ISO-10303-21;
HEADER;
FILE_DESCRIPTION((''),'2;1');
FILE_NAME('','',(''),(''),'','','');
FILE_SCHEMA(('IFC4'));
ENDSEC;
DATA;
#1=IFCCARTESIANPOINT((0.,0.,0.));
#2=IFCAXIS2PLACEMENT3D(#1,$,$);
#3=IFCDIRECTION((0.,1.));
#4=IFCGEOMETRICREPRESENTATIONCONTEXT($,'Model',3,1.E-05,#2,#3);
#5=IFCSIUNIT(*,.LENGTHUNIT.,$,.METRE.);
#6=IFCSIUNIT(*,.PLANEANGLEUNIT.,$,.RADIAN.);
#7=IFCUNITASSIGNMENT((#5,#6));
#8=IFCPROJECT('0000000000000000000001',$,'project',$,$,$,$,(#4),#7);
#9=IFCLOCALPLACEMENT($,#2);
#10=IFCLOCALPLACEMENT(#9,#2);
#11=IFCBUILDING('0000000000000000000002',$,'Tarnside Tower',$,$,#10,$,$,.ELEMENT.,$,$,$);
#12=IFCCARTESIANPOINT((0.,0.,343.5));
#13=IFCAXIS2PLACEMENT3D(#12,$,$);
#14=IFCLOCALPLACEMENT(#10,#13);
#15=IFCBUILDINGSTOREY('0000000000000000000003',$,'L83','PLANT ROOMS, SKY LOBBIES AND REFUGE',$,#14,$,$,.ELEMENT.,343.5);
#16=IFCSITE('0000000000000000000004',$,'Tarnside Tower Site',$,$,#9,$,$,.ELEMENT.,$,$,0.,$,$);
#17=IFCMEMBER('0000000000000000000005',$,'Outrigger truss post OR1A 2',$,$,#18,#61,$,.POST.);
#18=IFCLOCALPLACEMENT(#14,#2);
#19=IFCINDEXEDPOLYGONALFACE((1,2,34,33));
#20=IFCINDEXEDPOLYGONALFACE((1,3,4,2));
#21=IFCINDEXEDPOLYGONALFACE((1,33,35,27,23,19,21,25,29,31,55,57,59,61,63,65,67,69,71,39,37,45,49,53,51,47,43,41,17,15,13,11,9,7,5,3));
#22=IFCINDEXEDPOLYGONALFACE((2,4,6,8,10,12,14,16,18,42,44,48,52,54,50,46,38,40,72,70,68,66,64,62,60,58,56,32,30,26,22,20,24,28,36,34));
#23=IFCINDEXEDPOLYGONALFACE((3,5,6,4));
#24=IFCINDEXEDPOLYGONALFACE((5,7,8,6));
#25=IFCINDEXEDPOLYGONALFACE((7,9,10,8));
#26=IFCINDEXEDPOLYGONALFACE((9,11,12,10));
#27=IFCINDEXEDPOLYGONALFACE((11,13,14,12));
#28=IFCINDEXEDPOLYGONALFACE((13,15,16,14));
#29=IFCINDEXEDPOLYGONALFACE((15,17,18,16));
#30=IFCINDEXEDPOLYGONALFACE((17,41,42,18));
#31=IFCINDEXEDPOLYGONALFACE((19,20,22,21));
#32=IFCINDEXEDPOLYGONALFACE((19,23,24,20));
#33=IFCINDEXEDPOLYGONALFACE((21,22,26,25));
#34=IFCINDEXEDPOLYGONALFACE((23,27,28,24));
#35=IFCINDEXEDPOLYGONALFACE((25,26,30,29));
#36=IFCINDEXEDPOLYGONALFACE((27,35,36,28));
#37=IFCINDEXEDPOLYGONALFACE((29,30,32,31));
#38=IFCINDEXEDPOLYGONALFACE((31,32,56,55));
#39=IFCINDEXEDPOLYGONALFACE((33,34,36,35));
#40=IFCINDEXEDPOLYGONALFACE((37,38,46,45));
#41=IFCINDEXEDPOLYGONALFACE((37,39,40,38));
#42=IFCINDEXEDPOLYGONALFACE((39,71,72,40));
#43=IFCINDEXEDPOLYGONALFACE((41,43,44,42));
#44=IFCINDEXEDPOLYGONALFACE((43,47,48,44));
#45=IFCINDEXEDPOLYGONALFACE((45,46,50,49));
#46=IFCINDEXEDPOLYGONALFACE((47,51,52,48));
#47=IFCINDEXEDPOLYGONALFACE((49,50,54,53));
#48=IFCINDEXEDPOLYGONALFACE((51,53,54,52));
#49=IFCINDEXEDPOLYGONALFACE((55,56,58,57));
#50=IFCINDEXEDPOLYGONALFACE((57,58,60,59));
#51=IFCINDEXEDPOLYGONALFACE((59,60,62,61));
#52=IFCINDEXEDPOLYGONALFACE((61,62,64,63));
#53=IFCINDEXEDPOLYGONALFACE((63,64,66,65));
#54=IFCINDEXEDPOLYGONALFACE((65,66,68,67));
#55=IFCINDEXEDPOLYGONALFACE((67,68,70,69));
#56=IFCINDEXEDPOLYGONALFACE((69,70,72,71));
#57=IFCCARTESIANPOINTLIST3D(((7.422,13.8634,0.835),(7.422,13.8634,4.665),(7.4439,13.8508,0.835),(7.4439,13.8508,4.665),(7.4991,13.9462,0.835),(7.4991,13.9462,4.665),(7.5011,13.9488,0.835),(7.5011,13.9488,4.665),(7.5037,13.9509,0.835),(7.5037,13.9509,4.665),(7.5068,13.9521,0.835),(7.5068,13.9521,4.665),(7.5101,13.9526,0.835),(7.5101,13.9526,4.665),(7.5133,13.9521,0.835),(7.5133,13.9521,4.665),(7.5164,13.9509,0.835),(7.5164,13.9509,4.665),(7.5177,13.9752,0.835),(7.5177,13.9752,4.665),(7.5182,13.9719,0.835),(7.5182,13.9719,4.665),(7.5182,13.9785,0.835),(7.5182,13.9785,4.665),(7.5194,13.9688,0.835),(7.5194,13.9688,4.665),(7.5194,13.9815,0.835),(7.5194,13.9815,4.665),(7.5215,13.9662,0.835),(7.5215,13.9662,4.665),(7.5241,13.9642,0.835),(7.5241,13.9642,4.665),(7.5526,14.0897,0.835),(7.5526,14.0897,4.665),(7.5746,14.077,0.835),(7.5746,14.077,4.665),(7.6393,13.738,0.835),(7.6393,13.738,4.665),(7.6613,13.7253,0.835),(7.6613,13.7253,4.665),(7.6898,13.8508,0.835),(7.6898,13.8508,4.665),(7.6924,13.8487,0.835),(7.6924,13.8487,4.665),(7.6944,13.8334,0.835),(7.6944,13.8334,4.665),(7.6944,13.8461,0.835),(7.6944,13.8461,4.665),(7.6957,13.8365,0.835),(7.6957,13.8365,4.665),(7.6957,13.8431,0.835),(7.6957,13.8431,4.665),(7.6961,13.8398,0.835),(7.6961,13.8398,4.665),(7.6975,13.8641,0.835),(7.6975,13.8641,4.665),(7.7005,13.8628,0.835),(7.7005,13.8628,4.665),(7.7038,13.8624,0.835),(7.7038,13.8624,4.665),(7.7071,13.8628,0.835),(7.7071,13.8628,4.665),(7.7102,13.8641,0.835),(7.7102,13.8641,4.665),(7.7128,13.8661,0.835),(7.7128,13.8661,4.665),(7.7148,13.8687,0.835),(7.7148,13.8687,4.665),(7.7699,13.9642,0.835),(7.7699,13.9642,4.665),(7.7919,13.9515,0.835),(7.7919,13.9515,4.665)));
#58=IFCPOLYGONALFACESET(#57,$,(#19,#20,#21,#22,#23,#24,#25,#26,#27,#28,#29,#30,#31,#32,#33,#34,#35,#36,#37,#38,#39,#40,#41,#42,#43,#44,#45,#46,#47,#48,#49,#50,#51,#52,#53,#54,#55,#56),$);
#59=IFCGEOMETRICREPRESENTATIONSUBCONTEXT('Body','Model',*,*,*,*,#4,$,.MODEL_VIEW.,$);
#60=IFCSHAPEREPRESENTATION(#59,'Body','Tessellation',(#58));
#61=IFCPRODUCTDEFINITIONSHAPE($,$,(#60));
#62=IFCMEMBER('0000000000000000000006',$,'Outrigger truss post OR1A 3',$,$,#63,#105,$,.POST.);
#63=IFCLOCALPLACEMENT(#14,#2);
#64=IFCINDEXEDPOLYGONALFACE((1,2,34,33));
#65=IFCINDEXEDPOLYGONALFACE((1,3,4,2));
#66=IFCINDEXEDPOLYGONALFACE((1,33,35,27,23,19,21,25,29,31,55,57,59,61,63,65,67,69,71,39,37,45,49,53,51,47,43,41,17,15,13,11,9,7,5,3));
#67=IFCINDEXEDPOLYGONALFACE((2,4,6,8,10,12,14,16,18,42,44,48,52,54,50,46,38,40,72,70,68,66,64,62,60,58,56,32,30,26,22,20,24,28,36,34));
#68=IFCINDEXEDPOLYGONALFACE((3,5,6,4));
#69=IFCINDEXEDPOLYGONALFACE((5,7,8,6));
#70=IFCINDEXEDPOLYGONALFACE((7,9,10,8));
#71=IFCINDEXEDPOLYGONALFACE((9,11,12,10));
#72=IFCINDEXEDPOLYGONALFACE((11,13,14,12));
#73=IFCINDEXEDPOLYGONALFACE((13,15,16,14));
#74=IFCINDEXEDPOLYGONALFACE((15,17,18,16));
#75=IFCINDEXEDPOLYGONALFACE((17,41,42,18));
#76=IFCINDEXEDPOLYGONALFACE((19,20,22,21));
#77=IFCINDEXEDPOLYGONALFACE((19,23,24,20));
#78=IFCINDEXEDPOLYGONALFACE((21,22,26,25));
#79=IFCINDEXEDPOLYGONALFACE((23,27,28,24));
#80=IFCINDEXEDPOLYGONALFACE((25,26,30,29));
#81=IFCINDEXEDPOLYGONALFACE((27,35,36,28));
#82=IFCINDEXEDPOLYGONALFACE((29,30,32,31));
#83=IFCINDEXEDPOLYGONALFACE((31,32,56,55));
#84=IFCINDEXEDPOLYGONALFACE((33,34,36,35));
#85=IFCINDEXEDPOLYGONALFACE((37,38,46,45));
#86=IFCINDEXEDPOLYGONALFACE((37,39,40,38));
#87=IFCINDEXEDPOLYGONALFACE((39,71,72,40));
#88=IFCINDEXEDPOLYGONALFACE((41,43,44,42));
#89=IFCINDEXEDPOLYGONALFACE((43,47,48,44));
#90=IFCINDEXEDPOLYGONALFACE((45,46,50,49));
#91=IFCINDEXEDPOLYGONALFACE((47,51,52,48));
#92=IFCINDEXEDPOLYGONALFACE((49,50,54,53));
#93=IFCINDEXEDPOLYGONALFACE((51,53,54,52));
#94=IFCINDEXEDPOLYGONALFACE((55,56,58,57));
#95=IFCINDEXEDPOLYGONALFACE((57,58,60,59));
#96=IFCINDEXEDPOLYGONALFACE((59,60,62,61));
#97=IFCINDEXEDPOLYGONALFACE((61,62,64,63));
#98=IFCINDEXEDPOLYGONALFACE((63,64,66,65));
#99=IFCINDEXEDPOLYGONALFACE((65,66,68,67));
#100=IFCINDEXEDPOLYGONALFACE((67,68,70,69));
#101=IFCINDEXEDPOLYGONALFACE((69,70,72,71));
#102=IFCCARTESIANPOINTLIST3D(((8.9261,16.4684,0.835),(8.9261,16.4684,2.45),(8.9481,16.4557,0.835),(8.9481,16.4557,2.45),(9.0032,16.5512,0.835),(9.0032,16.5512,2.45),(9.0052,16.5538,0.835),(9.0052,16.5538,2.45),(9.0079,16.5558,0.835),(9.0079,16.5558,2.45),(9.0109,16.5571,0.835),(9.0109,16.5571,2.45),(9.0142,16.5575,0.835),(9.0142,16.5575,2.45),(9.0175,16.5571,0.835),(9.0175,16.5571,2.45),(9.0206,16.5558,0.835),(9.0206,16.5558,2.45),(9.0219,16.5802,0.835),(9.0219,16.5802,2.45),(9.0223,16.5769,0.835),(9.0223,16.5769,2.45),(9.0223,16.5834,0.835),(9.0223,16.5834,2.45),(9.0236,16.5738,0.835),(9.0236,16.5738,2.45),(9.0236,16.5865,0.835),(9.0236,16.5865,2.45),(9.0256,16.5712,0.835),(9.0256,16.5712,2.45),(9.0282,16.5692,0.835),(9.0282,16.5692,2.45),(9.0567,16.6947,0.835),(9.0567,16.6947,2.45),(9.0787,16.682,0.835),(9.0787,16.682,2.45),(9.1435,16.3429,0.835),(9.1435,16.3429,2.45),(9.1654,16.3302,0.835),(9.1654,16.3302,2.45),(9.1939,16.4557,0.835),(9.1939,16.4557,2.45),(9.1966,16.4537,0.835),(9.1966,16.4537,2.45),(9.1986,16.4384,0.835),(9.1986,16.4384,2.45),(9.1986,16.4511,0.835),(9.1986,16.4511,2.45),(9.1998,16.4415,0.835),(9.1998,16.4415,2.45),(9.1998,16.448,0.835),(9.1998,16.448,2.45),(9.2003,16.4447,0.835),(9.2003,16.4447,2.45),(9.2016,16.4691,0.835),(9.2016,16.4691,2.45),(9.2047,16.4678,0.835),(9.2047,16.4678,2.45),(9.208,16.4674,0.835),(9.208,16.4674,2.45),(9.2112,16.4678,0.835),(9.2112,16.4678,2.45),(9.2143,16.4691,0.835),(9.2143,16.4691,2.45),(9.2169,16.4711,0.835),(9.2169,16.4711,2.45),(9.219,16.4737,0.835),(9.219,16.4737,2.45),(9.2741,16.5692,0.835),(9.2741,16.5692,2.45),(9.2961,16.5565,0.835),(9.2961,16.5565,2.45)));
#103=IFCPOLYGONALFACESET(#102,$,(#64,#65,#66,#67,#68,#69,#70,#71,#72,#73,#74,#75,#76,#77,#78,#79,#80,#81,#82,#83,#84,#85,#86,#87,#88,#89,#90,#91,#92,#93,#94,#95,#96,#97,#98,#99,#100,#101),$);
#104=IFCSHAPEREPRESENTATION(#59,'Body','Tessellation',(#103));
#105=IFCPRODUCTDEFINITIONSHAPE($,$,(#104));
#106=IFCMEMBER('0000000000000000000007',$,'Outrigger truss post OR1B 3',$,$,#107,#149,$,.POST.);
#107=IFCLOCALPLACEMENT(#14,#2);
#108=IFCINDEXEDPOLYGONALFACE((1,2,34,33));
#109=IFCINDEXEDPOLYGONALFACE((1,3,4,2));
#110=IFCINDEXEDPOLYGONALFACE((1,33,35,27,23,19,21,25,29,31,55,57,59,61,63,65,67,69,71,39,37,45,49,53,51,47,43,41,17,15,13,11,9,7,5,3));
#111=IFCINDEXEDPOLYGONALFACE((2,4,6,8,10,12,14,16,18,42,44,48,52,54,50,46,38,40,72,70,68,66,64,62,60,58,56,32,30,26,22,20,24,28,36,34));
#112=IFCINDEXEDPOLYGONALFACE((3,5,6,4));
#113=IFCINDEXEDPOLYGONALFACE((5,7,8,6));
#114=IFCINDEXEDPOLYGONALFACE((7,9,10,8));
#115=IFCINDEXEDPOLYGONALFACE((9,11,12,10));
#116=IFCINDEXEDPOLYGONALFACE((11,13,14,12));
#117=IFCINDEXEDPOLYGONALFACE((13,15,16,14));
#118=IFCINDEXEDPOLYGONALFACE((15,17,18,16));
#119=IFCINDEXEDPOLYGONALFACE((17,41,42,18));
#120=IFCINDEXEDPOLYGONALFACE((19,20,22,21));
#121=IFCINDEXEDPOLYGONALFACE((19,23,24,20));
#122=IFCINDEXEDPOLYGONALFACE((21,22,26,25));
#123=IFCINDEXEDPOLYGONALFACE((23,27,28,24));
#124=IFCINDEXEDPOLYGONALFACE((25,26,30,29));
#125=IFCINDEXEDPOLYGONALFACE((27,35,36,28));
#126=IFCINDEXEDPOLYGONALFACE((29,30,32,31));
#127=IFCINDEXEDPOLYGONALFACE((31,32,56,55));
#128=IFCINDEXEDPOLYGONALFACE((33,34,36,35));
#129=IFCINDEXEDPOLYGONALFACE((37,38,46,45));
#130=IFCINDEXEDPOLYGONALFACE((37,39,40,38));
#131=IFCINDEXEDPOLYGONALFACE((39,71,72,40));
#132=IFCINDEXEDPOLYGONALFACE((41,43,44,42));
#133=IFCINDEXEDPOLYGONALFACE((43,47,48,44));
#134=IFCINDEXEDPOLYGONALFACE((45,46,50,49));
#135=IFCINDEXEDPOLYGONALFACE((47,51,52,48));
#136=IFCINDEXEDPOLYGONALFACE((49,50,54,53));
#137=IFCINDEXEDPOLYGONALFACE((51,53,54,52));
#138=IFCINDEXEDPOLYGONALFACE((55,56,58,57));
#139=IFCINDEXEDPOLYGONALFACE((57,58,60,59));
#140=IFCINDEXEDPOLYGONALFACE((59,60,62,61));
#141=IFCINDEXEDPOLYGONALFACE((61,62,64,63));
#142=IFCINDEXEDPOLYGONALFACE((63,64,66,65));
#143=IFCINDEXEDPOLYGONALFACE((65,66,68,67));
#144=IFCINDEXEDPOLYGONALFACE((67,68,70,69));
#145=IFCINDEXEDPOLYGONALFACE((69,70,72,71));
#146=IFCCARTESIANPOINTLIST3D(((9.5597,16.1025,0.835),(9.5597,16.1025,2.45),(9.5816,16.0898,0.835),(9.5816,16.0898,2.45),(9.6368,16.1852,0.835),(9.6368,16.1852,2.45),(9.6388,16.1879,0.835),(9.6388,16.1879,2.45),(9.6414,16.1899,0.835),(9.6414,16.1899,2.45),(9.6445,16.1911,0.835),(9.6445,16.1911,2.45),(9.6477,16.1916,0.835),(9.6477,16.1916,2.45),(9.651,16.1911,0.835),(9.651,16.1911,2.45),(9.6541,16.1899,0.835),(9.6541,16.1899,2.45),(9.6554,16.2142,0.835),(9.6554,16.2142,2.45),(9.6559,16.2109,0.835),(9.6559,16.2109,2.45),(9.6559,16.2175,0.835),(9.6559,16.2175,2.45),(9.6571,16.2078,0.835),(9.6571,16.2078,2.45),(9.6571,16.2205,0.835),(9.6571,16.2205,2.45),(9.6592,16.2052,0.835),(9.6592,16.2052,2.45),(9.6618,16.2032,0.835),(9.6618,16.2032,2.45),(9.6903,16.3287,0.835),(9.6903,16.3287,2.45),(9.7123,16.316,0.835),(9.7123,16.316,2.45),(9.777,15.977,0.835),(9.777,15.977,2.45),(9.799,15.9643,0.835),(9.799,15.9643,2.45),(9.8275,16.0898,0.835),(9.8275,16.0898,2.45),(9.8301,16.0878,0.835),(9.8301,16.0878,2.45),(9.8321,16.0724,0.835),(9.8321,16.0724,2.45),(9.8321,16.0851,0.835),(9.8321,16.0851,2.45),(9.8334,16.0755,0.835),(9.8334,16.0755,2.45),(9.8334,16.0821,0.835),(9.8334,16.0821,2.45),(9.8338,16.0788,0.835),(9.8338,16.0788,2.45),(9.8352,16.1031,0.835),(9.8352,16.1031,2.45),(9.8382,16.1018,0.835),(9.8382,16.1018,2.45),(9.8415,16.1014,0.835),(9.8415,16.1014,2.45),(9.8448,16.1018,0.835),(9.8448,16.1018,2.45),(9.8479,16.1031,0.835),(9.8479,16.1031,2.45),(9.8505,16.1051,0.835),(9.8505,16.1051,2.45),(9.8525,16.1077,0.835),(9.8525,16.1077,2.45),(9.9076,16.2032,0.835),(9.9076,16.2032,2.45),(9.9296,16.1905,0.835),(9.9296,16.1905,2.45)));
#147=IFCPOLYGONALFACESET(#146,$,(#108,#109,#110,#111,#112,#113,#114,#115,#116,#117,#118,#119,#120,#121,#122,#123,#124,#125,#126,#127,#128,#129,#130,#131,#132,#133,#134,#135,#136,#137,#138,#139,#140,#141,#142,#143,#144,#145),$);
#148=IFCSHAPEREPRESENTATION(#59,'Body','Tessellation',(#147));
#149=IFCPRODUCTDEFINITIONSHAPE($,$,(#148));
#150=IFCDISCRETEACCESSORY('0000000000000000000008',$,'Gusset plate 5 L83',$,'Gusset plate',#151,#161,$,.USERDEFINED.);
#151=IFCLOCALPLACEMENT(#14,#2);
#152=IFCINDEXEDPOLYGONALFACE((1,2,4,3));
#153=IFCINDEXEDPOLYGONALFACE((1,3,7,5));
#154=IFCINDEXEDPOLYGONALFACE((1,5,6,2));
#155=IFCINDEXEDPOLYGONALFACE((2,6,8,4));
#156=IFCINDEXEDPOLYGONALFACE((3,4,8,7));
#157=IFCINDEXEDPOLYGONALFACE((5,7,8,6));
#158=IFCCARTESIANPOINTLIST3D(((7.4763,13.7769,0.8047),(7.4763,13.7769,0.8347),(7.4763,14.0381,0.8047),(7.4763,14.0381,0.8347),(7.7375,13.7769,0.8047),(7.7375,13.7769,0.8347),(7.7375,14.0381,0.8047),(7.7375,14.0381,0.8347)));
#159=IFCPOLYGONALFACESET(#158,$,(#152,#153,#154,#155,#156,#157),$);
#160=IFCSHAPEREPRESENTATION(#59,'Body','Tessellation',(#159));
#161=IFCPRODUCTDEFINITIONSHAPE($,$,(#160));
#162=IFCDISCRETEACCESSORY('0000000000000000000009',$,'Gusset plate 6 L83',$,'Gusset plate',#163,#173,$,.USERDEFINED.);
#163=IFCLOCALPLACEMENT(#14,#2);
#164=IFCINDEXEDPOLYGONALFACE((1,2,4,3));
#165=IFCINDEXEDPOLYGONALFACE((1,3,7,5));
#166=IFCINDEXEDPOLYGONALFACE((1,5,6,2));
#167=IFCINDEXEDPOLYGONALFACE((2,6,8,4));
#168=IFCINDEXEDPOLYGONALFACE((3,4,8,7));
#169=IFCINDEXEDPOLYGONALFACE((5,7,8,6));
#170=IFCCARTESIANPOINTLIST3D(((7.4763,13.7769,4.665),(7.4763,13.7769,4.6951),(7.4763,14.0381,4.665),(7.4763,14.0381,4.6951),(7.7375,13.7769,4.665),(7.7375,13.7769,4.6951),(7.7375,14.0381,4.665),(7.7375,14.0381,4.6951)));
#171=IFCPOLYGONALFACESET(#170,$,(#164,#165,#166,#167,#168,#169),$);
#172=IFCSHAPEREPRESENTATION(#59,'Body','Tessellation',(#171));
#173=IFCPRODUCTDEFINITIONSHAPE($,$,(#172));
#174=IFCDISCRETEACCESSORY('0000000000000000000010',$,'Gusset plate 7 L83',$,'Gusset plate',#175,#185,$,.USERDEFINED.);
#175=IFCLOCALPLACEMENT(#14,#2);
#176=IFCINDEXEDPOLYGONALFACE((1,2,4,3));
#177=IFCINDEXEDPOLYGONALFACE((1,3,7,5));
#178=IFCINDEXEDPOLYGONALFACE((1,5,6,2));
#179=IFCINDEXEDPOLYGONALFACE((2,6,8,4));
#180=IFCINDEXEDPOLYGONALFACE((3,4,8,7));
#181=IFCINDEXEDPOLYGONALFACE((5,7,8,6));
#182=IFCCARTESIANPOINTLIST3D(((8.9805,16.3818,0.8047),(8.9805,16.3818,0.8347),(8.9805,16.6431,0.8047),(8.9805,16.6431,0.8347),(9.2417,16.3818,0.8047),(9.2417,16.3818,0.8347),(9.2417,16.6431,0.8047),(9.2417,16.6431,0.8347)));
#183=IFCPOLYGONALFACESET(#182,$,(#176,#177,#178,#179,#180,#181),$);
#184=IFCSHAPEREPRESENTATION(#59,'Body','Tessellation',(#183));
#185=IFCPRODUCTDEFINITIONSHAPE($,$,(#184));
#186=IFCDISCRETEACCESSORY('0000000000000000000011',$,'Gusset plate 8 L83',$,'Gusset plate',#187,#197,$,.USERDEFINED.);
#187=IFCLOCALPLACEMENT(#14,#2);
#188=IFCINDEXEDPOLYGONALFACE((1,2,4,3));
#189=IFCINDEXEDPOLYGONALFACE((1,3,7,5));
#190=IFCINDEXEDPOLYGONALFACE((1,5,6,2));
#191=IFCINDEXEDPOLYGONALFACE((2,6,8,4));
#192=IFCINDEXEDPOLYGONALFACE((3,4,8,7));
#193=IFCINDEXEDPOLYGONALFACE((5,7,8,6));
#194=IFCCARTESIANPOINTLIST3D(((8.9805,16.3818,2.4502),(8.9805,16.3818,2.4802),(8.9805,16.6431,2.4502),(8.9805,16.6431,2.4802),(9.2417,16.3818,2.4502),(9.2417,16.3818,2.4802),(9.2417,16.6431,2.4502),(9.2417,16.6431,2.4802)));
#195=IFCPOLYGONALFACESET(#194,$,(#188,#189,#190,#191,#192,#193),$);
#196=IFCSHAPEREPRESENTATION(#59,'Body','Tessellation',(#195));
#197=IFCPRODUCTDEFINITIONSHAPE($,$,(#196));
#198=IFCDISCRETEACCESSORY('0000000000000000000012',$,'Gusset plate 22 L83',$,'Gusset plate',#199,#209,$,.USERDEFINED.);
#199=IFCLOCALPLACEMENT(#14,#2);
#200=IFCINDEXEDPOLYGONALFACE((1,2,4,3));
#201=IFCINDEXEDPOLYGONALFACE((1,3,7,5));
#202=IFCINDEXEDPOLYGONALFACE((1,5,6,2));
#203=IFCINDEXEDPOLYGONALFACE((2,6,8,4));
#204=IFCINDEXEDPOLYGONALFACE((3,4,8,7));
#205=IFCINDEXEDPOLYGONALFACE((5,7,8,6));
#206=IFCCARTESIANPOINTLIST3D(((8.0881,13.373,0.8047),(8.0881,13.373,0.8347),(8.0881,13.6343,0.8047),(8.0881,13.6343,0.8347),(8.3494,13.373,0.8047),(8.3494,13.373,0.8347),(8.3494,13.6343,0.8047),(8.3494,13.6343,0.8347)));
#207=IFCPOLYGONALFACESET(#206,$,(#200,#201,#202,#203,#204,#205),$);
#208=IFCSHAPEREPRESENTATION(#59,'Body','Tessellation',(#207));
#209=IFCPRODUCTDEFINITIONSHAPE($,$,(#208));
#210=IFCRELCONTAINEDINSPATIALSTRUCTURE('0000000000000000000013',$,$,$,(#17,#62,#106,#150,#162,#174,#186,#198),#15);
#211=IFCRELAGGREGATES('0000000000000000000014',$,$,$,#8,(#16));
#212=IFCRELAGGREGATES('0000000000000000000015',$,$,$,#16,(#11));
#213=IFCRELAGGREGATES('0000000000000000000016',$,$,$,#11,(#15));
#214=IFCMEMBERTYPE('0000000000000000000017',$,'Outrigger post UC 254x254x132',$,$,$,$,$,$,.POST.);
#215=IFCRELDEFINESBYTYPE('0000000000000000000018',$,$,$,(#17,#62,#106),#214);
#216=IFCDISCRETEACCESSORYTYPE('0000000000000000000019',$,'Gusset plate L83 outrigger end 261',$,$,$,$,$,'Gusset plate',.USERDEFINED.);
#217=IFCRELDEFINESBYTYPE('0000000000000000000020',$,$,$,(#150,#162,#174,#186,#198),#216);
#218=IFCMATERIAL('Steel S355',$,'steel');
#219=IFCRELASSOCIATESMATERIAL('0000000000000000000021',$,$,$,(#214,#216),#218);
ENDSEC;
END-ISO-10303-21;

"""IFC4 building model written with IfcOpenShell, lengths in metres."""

from ifc_helpers import new_model, si_unit, direction, frame, origin, origin_2d, place, context, subcontext, project, spatial, rectangle, i_section, extrude, material, material_profile, profile_set, type_object, element, save


model = new_model("IFC4")

# Units and contexts
model_context = context("Model", 3, precision=1e-05, world=origin(), true_north=direction((0.0, 1.0)))
body_context = subcontext(model_context, "Body", "Model", "MODEL_VIEW")
ifc_project = project(units=[si_unit("LENGTHUNIT", "METRE"), si_unit("PLANEANGLEUNIT", "RADIAN")], contexts=[model_context])

# Site, building, storey
site_placement = place(None, origin())
site = spatial("IfcSite", under=ifc_project, at=site_placement, Name="Tarnside Tower Site", CompositionType="ELEMENT", RefElevation=0.0)
building_placement = place(site_placement, origin())
building = spatial("IfcBuilding", under=site, at=building_placement, Name="Tarnside Tower", CompositionType="ELEMENT")
storey_placement = place(building_placement, frame((0.0, 0.0, 343.5)))
storey = spatial("IfcBuildingStorey", under=building, at=storey_placement, Name="L83", Description="PLANT ROOMS, SKY LOBBIES AND REFUGE", CompositionType="ELEMENT", Elevation=343.5)

# Members
ifc_material = material(Name="Steel S355", Category="steel")
ifc_material_profile_1 = material_profile(ifc_material, i_section(OverallWidth=0.2612, OverallDepth=0.2764, WebThickness=0.0154, FlangeThickness=0.0254, FilletRadius=0.0127, at=origin_2d()), Name="UC 254x254x132")
ifc_profile_set_1 = profile_set([ifc_material_profile_1], Name="Steel S355")
member_type_1 = type_object("IfcMemberType", Name="Outrigger post UC 254x254x132", PredefinedType="POST", material=ifc_profile_set_1)
member_1_placement = place(storey_placement, frame((7.6069, 13.9075, 0.835), z_axis=(0.0, 0.0, 1.0), x_axis=(0.5, 0.866025, 0.0)))
element("IfcMember", 1, at=member_1_placement, inside=storey, type_object=member_type_1, Name="Outrigger truss post OR1A 2", PredefinedType="POST", context=body_context, shape_type="SweptSolid", body=[
    extrude(i_section(OverallWidth=0.2612, OverallDepth=0.2764, WebThickness=0.0154, FlangeThickness=0.0254, FilletRadius=0.0127, at=origin_2d()), origin(), (0.0, 0.0, 1.0), 3.8301),
])
for number, where, z_axis, x_axis, name in (
    (2, (9.1111, 16.5125, 0.835), (0.0, 0.0, 1.0), (0.5, 0.866025, 0.0), "Outrigger truss post OR1A 3"),
    (3, (9.7446, 16.1465, 0.835), (0.0, 0.0, 1.0), (0.5, 0.866025, 0.0), "Outrigger truss post OR1B 3"),
):
    element("IfcMember", number, at=place(storey_placement, frame(where, z_axis=z_axis, x_axis=x_axis)), inside=storey, type_object=member_type_1, Name=name, PredefinedType="POST", context=body_context, shape_type="SweptSolid", body=[
        extrude(i_section(OverallWidth=0.2612, OverallDepth=0.2764, WebThickness=0.0154, FlangeThickness=0.0254, FilletRadius=0.0127, at=origin_2d()), origin(), (0.0, 0.0, 1.0), 1.615),
    ])

# Discrete accessories
discrete_accessory_type_1 = type_object("IfcDiscreteAccessoryType", Name="Gusset plate L83 outrigger end 261", ElementType="Gusset plate", PredefinedType="USERDEFINED", material=ifc_material)
for number, where, z_axis, x_axis, name in (
    (4, (7.6069, 13.9075, 0.8047), (0.0, 0.0, 1.0), (1.0, 0.0, 0.0), "Gusset plate 5 L83"),
    (5, (7.6069, 13.9075, 4.665), (0.0, 0.0, 1.0), (1.0, 0.0, 0.0), "Gusset plate 6 L83"),
    (6, (9.1111, 16.5125, 0.8047), (0.0, 0.0, 1.0), (1.0, 0.0, 0.0), "Gusset plate 7 L83"),
    (7, (9.1111, 16.5125, 2.4502), (0.0, 0.0, 1.0), (1.0, 0.0, 0.0), "Gusset plate 8 L83"),
    (8, (8.2188, 13.5037, 0.8047), (0.0, 0.0, 1.0), (1.0, 0.0, 0.0), "Gusset plate 22 L83"),
):
    element("IfcDiscreteAccessory", number, at=place(storey_placement, frame(where, z_axis=z_axis, x_axis=x_axis)), inside=storey, type_object=discrete_accessory_type_1, Name=name, ObjectType="Gusset plate", PredefinedType="USERDEFINED", context=body_context, shape_type="SweptSolid", body=[
        extrude(rectangle(XDim=0.2612, YDim=0.2612, at=origin_2d()), origin(), (0.0, 0.0, 1.0), 0.03),
    ])

save(model, "model.ifc")
